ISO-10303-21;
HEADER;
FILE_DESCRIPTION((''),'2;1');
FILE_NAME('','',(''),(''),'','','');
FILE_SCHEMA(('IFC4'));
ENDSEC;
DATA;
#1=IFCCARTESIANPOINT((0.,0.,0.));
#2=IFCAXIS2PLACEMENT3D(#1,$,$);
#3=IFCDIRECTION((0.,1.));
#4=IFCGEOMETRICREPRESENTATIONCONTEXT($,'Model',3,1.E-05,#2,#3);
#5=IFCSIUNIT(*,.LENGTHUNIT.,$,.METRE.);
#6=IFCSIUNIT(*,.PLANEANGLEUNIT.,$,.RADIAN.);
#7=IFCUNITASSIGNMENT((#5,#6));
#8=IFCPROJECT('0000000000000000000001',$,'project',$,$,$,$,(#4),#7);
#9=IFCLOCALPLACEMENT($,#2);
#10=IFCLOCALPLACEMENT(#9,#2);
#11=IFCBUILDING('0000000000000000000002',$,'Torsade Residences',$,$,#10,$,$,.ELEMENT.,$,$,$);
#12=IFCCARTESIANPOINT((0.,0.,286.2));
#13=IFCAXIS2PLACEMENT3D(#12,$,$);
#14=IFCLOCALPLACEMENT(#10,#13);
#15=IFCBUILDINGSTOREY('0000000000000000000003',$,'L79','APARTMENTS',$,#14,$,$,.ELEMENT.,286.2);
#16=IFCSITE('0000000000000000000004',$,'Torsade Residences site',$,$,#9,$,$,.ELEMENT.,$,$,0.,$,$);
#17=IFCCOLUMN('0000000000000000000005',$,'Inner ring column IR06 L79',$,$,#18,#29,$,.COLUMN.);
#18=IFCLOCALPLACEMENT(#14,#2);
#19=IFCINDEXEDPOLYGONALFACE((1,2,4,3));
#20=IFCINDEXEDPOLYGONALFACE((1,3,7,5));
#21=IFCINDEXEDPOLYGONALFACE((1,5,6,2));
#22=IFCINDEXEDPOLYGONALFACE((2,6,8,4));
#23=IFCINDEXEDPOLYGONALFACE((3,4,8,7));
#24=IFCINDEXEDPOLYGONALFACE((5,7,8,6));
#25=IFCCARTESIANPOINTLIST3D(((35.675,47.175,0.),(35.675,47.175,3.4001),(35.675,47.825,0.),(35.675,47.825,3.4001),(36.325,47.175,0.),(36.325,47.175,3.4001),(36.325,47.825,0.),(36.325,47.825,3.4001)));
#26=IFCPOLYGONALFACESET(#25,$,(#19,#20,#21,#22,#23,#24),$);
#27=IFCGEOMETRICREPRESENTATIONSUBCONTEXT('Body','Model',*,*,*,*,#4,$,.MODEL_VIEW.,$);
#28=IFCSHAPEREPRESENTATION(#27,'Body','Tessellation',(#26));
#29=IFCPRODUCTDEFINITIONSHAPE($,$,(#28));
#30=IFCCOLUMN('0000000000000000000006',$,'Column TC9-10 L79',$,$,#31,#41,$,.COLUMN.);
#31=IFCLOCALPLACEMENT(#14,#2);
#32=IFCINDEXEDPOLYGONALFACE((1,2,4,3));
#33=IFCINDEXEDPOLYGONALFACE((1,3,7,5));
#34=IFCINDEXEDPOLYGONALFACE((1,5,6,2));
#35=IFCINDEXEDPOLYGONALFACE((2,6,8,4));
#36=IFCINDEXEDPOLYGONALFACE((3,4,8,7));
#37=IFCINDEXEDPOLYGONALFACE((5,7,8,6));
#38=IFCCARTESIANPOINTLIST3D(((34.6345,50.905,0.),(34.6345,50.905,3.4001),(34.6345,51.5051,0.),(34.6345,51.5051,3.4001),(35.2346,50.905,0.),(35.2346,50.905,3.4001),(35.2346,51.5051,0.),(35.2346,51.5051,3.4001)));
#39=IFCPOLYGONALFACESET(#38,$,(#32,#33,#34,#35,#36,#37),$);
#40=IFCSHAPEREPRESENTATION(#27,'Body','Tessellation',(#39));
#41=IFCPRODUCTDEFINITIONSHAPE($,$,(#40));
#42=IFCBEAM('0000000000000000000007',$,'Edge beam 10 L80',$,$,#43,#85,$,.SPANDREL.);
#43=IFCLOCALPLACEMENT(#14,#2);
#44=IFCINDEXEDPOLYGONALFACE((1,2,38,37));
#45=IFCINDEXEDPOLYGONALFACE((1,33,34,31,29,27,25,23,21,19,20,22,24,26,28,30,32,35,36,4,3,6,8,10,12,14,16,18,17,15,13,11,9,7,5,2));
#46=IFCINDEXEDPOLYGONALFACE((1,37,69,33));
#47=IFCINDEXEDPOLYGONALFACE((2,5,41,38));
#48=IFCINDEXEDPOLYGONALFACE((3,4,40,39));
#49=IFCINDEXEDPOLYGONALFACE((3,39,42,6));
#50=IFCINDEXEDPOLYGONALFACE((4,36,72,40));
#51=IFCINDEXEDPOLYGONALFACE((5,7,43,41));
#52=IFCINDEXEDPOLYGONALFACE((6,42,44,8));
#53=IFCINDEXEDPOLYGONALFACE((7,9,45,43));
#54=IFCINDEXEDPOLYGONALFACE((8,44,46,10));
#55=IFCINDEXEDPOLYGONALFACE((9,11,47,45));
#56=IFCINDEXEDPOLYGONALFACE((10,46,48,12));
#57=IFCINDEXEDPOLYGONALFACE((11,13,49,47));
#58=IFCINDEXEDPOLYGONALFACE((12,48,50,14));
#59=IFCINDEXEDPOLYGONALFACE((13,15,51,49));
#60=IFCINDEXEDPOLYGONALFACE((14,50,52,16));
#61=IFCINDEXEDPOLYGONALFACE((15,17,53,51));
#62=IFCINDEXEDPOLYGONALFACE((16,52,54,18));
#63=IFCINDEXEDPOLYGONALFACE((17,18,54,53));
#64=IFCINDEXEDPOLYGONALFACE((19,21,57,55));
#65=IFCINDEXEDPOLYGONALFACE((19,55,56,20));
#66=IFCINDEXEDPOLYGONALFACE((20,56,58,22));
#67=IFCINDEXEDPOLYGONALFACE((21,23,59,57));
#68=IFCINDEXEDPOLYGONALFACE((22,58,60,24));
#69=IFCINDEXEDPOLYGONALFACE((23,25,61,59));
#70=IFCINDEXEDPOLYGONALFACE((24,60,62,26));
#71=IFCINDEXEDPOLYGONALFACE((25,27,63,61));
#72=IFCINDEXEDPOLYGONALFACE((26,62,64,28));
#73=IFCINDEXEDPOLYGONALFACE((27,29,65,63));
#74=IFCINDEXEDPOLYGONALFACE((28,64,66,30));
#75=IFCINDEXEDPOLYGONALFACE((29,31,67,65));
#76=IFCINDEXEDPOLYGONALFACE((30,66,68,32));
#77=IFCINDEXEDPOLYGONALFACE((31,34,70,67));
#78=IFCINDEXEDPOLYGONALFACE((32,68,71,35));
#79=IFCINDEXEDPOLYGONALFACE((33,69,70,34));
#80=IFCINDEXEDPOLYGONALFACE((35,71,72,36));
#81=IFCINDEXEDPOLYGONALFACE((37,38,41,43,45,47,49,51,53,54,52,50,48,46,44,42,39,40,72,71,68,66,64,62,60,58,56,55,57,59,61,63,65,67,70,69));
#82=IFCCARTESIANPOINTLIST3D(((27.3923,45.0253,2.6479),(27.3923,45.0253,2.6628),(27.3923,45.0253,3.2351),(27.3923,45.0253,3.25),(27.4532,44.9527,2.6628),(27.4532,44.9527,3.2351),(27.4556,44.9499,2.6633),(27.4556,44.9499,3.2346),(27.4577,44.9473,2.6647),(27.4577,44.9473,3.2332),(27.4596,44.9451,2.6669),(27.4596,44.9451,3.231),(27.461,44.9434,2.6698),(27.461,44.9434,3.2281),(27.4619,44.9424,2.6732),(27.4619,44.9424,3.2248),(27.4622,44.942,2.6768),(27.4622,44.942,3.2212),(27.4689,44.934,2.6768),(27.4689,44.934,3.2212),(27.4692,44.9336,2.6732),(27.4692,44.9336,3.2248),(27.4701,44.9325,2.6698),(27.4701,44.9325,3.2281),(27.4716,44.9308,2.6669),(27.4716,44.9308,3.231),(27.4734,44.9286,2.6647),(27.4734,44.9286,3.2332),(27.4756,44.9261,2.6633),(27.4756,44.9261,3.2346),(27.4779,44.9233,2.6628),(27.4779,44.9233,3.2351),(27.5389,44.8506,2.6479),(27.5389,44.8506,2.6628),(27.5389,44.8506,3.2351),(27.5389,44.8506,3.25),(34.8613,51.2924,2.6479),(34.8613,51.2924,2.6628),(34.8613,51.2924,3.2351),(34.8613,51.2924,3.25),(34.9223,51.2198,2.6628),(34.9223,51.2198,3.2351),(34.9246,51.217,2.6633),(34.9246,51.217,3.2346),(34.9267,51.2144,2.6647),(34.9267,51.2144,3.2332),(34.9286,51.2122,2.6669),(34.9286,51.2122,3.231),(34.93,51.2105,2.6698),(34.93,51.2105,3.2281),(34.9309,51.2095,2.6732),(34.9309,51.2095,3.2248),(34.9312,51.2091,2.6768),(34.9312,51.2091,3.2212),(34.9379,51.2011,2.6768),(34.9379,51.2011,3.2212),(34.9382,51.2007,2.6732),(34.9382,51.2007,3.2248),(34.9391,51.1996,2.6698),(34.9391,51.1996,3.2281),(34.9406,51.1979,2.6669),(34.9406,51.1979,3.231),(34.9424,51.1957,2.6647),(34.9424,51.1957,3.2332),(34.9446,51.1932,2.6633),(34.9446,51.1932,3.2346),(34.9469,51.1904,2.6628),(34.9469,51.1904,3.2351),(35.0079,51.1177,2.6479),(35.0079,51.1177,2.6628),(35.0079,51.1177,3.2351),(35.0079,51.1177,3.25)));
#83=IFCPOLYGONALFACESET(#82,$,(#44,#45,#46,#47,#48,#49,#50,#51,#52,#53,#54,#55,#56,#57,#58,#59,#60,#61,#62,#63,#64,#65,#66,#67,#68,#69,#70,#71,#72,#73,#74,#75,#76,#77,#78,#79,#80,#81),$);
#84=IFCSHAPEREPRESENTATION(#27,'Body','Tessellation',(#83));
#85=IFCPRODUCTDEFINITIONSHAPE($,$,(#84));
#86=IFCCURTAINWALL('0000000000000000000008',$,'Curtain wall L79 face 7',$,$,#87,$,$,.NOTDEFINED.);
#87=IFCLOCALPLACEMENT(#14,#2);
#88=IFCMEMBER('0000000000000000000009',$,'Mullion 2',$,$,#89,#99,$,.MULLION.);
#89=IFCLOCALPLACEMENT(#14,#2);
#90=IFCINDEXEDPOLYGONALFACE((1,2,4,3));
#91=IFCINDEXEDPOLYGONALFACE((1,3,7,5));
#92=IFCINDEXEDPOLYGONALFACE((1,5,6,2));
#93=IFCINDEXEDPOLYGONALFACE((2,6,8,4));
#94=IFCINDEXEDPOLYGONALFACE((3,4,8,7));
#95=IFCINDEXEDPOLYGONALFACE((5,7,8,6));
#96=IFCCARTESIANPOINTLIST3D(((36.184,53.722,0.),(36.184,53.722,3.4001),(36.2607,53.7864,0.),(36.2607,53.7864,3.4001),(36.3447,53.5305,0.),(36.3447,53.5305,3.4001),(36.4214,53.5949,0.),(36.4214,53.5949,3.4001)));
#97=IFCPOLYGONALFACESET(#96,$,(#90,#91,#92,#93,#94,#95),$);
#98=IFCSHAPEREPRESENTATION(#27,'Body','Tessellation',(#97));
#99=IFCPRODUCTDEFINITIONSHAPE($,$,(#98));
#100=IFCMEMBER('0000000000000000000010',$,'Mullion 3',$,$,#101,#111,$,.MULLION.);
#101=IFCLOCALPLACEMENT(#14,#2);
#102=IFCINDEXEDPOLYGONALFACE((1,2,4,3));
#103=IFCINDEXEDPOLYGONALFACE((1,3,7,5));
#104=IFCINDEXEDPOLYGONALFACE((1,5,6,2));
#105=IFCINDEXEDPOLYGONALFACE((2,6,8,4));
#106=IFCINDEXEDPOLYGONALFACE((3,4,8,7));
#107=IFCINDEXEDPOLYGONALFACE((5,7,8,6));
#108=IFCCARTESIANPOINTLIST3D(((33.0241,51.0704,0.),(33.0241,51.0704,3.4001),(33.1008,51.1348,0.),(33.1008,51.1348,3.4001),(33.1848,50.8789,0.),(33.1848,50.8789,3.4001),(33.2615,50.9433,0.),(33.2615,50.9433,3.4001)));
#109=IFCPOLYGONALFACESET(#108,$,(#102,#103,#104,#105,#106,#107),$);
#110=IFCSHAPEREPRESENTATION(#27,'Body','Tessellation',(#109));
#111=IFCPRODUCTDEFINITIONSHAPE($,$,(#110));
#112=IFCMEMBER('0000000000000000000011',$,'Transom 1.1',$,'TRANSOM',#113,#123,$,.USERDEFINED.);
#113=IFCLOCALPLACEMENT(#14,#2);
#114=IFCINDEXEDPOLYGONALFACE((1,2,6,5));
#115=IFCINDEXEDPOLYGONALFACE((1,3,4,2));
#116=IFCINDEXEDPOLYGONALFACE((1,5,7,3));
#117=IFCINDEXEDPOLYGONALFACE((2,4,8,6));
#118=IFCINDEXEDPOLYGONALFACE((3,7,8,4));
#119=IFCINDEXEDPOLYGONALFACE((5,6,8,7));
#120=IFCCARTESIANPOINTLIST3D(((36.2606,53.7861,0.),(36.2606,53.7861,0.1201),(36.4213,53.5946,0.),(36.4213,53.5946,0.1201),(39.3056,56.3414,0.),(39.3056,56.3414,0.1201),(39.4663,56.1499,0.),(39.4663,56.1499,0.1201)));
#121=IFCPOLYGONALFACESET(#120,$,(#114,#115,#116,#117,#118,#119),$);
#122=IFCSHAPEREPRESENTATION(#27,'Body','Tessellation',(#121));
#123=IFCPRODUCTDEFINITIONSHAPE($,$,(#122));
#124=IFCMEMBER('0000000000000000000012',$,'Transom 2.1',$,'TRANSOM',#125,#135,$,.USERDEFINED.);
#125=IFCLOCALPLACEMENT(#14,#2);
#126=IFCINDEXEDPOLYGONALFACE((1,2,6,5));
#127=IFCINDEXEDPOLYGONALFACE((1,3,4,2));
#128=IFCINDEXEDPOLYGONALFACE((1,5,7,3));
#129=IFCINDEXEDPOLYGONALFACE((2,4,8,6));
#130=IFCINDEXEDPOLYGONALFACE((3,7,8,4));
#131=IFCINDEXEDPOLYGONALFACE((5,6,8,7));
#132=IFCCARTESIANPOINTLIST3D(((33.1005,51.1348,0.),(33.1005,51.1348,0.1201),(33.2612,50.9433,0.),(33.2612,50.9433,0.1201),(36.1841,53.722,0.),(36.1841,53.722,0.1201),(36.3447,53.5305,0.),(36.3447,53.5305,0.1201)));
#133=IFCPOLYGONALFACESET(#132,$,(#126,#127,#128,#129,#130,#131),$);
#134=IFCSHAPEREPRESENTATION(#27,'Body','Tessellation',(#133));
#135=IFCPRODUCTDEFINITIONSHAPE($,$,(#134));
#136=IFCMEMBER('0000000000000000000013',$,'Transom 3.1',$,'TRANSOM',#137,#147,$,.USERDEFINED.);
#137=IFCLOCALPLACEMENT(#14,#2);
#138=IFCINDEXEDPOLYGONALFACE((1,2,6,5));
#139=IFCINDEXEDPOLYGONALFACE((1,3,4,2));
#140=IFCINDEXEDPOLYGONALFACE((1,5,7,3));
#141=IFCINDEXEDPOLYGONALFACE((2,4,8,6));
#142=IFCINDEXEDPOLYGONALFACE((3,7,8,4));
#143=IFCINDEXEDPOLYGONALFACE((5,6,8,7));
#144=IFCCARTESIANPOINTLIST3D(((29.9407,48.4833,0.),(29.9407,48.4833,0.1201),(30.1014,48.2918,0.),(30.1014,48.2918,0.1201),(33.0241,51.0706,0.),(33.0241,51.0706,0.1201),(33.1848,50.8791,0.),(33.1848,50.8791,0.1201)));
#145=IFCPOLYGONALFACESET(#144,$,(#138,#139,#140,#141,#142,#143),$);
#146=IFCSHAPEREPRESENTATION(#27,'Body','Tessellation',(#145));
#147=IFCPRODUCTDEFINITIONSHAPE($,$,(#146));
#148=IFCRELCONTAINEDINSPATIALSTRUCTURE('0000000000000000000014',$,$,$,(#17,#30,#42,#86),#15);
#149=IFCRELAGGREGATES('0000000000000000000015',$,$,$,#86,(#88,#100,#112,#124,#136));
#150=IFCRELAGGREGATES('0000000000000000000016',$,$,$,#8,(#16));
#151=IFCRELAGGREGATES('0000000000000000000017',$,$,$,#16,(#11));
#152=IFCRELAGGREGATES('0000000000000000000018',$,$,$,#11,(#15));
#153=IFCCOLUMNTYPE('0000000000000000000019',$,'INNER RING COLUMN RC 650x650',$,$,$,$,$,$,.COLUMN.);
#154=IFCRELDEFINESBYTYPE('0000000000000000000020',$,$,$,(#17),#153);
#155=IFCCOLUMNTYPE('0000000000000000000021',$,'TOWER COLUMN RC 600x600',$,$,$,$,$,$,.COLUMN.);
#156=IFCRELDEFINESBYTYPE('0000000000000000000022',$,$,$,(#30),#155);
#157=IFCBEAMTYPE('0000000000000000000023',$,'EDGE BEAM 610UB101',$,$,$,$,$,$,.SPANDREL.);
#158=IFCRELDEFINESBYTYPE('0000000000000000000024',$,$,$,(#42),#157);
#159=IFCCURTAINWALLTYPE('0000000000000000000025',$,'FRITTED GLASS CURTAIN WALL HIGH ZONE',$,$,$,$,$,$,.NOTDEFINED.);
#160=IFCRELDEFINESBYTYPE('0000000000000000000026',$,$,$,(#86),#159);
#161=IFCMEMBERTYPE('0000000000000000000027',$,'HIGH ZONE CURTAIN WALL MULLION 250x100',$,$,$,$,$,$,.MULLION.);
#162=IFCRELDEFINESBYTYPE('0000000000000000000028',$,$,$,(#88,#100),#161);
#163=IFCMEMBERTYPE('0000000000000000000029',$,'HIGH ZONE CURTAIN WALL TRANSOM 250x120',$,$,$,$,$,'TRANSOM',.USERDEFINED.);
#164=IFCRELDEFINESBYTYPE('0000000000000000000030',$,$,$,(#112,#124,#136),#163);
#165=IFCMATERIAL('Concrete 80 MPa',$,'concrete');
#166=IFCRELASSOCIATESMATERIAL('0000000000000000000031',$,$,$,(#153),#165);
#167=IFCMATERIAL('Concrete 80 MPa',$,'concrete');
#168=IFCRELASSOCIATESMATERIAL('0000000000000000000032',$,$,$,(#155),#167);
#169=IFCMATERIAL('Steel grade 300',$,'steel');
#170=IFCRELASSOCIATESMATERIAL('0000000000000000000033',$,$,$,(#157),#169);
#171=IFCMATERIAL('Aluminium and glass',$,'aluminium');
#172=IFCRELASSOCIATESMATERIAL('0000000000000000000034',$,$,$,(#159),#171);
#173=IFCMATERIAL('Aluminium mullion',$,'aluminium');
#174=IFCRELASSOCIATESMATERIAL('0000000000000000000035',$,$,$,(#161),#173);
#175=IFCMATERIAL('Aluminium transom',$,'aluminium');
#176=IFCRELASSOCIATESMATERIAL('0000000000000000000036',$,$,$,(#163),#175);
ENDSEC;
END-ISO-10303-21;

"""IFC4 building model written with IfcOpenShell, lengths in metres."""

from ifc_helpers import new_model, si_unit, direction, frame, origin, origin_2d, place, context, subcontext, project, spatial, rectangle, i_section, extrude, material, material_profile, profile_set, type_object, element, aggregate, save


model = new_model("IFC4")

# Units and contexts
model_context = context("Model", 3, precision=1e-05, world=origin(), true_north=direction((0.0, 1.0)))
body_context = subcontext(model_context, "Body", "Model", "MODEL_VIEW")
ifc_project = project(units=[si_unit("LENGTHUNIT", "METRE"), si_unit("PLANEANGLEUNIT", "RADIAN")], contexts=[model_context])

# Site, building, storey
site_placement = place(None, origin())
site = spatial("IfcSite", under=ifc_project, at=site_placement, Name="Torsade Residences site", CompositionType="ELEMENT", RefElevation=0.0)
building_placement = place(site_placement, origin())
building = spatial("IfcBuilding", under=site, at=building_placement, Name="Torsade Residences", CompositionType="ELEMENT")
storey_placement = place(building_placement, frame((0.0, 0.0, 286.2)))
storey = spatial("IfcBuildingStorey", under=building, at=storey_placement, Name="L79", Description="APARTMENTS", CompositionType="ELEMENT", Elevation=286.2)

# Columns
ifc_material_1 = material(Name="Concrete 80 MPa", Category="concrete")
ifc_material_profile_1 = material_profile(ifc_material_1, rectangle(XDim=0.6499, YDim=0.6499, at=origin_2d()), Name="RC 650x650")
ifc_profile_set_1 = profile_set([ifc_material_profile_1], Name="Concrete 80 MPa")
column_type_1 = type_object("IfcColumnType", Name="INNER RING COLUMN RC 650x650", PredefinedType="COLUMN", material=ifc_profile_set_1)
column_1_placement = place(storey_placement, frame((36.0, 47.5, 0.0), z_axis=(0.0, 0.0, 1.0), x_axis=(1.0, 0.0, 0.0)))
element("IfcColumn", 1, at=column_1_placement, inside=storey, type_object=column_type_1, Name="Inner ring column IR06 L79", PredefinedType="COLUMN", context=body_context, shape_type="SweptSolid", body=[
    extrude(rectangle(XDim=0.6499, YDim=0.6499, at=origin_2d()), origin(), (0.0, 0.0, 1.0), 3.4001),
])
ifc_material_2 = material(Name="Concrete 80 MPa", Category="concrete")
ifc_material_profile_2 = material_profile(ifc_material_2, rectangle(XDim=0.6001, YDim=0.6001, at=origin_2d()), Name="RC 600x600")
ifc_profile_set_2 = profile_set([ifc_material_profile_2], Name="Concrete 80 MPa")
column_type_2 = type_object("IfcColumnType", Name="TOWER COLUMN RC 600x600", PredefinedType="COLUMN", material=ifc_profile_set_2)
column_2_placement = place(storey_placement, frame((34.9346, 51.2051, 0.0), z_axis=(0.0, 0.0, 1.0), x_axis=(1.0, 0.0, 0.0)))
element("IfcColumn", 2, at=column_2_placement, inside=storey, type_object=column_type_2, Name="Column TC9-10 L79", PredefinedType="COLUMN", context=body_context, shape_type="SweptSolid", body=[
    extrude(rectangle(XDim=0.6001, YDim=0.6001, at=origin_2d()), origin(), (0.0, 0.0, 1.0), 3.4001),
])

# Beam
ifc_material_3 = material(Name="Steel grade 300", Category="steel")
ifc_material_profile_3 = material_profile(ifc_material_3, i_section(OverallWidth=0.228, OverallDepth=0.6021, WebThickness=0.0105, FlangeThickness=0.0149, FilletRadius=0.0139, at=origin_2d()), Name="610UB101")
ifc_profile_set_3 = profile_set([ifc_material_profile_3], Name="Steel grade 300")
beam_type_1 = type_object("IfcBeamType", Name="EDGE BEAM 610UB101", PredefinedType="SPANDREL", material=ifc_profile_set_3)
beam_1_placement = place(storey_placement, frame((34.9346, 51.2051, 2.949), z_axis=(-0.766052, -0.642779, 0.0), x_axis=(0.642779, -0.766052, 0.0)))
element("IfcBeam", 3, at=beam_1_placement, inside=storey, type_object=beam_type_1, Name="Edge beam 10 L80", PredefinedType="SPANDREL", context=body_context, shape_type="SweptSolid", body=[
    extrude(i_section(OverallWidth=0.228, OverallDepth=0.6021, WebThickness=0.0105, FlangeThickness=0.0149, FilletRadius=0.0139, at=origin_2d()), origin(), (0.0, 0.0, 1.0), 9.75),
])

# Curtain wall, members
ifc_material_4 = material(Name="Aluminium and glass", Category="aluminium")
curtain_wall_type = type_object("IfcCurtainWallType", Name="FRITTED GLASS CURTAIN WALL HIGH ZONE", PredefinedType="NOTDEFINED", material=ifc_material_4)
curtain_wall_placement = place(storey_placement, origin())
curtain_wall = element("IfcCurtainWall", 4, at=curtain_wall_placement, inside=storey, type_object=curtain_wall_type, Name="Curtain wall L79 face 7", PredefinedType="NOTDEFINED")
ifc_material_5 = material(Name="Aluminium mullion", Category="aluminium")
ifc_material_profile_4 = material_profile(ifc_material_5, rectangle(XDim=0.25, YDim=0.1001, at=origin_2d()), Name="HIGH ZONE CURTAIN WALL MULLION 250x100")
ifc_profile_set_4 = profile_set([ifc_material_profile_4], Name="Aluminium mullion")
member_type_1 = type_object("IfcMemberType", Name="HIGH ZONE CURTAIN WALL MULLION 250x100", PredefinedType="MULLION", material=ifc_profile_set_4)
member_1_placement = place(storey_placement, frame((36.3027, 53.6584, 0.0), z_axis=(0.0, 0.0, 1.0), x_axis=(0.642788, -0.766044, 0.0)))
member_1 = element("IfcMember", 5, at=member_1_placement, type_object=member_type_1, Name="Mullion 2", PredefinedType="MULLION", context=body_context, shape_type="SweptSolid", body=[
    extrude(rectangle(XDim=0.25, YDim=0.1001, at=origin_2d()), origin(), (0.0, 0.0, 1.0), 3.4001),
])
member_2_placement = place(storey_placement, frame((33.1428, 51.0068, 0.0), z_axis=(0.0, 0.0, 1.0), x_axis=(0.642788, -0.766044, 0.0)))
member_2 = element("IfcMember", 6, at=member_2_placement, type_object=member_type_1, Name="Mullion 3", PredefinedType="MULLION", context=body_context, shape_type="SweptSolid", body=[
    extrude(rectangle(XDim=0.25, YDim=0.1001, at=origin_2d()), origin(), (0.0, 0.0, 1.0), 3.4001),
])
ifc_material_6 = material(Name="Aluminium transom", Category="aluminium")
ifc_material_profile_5 = material_profile(ifc_material_6, rectangle(XDim=0.25, YDim=0.1201, at=origin_2d()), Name="HIGH ZONE CURTAIN WALL TRANSOM 250x120")
ifc_profile_set_5 = profile_set([ifc_material_profile_5], Name="Aluminium transom")
member_type_2 = type_object("IfcMemberType", Name="HIGH ZONE CURTAIN WALL TRANSOM 250x120", ElementType="TRANSOM", PredefinedType="USERDEFINED", material=ifc_profile_set_5)
member_3_placement = place(storey_placement, frame((39.386, 56.2456, 0.0601), z_axis=(-0.766022, -0.642815, 0.0), x_axis=(0.642815, -0.766022, 0.0)))
member_3 = element("IfcMember", 7, at=member_3_placement, type_object=member_type_2, Name="Transom 1.1", ObjectType="TRANSOM", PredefinedType="USERDEFINED", context=body_context, shape_type="SweptSolid", body=[
    extrude(rectangle(XDim=0.25, YDim=0.1201, at=origin_2d()), origin(), (0.0, 0.0, 1.0), 3.9751),
])
member_4_placement = place(storey_placement, frame((36.2644, 53.6262, 0.0601), z_axis=(-0.766069, -0.642758, 0.0), x_axis=(0.642758, -0.766069, 0.0)))
member_4 = element("IfcMember", 8, at=member_4_placement, type_object=member_type_2, Name="Transom 2.1", ObjectType="TRANSOM", PredefinedType="USERDEFINED", context=body_context, shape_type="SweptSolid", body=[
    extrude(rectangle(XDim=0.25, YDim=0.1201, at=origin_2d()), origin(), (0.0, 0.0, 1.0), 4.0251),
])
member_5_placement = place(storey_placement, frame((33.1045, 50.9749, 0.0601), z_axis=(-0.766039, -0.642794, 0.0), x_axis=(0.642794, -0.766039, 0.0)))
member_5 = element("IfcMember", 9, at=member_5_placement, type_object=member_type_2, Name="Transom 3.1", ObjectType="TRANSOM", PredefinedType="USERDEFINED", context=body_context, shape_type="SweptSolid", body=[
    extrude(rectangle(XDim=0.25, YDim=0.1201, at=origin_2d()), origin(), (0.0, 0.0, 1.0), 4.0251),
])

aggregate(curtain_wall, [member_1, member_2, member_3, member_4, member_5])

save(model, "model.ifc")
